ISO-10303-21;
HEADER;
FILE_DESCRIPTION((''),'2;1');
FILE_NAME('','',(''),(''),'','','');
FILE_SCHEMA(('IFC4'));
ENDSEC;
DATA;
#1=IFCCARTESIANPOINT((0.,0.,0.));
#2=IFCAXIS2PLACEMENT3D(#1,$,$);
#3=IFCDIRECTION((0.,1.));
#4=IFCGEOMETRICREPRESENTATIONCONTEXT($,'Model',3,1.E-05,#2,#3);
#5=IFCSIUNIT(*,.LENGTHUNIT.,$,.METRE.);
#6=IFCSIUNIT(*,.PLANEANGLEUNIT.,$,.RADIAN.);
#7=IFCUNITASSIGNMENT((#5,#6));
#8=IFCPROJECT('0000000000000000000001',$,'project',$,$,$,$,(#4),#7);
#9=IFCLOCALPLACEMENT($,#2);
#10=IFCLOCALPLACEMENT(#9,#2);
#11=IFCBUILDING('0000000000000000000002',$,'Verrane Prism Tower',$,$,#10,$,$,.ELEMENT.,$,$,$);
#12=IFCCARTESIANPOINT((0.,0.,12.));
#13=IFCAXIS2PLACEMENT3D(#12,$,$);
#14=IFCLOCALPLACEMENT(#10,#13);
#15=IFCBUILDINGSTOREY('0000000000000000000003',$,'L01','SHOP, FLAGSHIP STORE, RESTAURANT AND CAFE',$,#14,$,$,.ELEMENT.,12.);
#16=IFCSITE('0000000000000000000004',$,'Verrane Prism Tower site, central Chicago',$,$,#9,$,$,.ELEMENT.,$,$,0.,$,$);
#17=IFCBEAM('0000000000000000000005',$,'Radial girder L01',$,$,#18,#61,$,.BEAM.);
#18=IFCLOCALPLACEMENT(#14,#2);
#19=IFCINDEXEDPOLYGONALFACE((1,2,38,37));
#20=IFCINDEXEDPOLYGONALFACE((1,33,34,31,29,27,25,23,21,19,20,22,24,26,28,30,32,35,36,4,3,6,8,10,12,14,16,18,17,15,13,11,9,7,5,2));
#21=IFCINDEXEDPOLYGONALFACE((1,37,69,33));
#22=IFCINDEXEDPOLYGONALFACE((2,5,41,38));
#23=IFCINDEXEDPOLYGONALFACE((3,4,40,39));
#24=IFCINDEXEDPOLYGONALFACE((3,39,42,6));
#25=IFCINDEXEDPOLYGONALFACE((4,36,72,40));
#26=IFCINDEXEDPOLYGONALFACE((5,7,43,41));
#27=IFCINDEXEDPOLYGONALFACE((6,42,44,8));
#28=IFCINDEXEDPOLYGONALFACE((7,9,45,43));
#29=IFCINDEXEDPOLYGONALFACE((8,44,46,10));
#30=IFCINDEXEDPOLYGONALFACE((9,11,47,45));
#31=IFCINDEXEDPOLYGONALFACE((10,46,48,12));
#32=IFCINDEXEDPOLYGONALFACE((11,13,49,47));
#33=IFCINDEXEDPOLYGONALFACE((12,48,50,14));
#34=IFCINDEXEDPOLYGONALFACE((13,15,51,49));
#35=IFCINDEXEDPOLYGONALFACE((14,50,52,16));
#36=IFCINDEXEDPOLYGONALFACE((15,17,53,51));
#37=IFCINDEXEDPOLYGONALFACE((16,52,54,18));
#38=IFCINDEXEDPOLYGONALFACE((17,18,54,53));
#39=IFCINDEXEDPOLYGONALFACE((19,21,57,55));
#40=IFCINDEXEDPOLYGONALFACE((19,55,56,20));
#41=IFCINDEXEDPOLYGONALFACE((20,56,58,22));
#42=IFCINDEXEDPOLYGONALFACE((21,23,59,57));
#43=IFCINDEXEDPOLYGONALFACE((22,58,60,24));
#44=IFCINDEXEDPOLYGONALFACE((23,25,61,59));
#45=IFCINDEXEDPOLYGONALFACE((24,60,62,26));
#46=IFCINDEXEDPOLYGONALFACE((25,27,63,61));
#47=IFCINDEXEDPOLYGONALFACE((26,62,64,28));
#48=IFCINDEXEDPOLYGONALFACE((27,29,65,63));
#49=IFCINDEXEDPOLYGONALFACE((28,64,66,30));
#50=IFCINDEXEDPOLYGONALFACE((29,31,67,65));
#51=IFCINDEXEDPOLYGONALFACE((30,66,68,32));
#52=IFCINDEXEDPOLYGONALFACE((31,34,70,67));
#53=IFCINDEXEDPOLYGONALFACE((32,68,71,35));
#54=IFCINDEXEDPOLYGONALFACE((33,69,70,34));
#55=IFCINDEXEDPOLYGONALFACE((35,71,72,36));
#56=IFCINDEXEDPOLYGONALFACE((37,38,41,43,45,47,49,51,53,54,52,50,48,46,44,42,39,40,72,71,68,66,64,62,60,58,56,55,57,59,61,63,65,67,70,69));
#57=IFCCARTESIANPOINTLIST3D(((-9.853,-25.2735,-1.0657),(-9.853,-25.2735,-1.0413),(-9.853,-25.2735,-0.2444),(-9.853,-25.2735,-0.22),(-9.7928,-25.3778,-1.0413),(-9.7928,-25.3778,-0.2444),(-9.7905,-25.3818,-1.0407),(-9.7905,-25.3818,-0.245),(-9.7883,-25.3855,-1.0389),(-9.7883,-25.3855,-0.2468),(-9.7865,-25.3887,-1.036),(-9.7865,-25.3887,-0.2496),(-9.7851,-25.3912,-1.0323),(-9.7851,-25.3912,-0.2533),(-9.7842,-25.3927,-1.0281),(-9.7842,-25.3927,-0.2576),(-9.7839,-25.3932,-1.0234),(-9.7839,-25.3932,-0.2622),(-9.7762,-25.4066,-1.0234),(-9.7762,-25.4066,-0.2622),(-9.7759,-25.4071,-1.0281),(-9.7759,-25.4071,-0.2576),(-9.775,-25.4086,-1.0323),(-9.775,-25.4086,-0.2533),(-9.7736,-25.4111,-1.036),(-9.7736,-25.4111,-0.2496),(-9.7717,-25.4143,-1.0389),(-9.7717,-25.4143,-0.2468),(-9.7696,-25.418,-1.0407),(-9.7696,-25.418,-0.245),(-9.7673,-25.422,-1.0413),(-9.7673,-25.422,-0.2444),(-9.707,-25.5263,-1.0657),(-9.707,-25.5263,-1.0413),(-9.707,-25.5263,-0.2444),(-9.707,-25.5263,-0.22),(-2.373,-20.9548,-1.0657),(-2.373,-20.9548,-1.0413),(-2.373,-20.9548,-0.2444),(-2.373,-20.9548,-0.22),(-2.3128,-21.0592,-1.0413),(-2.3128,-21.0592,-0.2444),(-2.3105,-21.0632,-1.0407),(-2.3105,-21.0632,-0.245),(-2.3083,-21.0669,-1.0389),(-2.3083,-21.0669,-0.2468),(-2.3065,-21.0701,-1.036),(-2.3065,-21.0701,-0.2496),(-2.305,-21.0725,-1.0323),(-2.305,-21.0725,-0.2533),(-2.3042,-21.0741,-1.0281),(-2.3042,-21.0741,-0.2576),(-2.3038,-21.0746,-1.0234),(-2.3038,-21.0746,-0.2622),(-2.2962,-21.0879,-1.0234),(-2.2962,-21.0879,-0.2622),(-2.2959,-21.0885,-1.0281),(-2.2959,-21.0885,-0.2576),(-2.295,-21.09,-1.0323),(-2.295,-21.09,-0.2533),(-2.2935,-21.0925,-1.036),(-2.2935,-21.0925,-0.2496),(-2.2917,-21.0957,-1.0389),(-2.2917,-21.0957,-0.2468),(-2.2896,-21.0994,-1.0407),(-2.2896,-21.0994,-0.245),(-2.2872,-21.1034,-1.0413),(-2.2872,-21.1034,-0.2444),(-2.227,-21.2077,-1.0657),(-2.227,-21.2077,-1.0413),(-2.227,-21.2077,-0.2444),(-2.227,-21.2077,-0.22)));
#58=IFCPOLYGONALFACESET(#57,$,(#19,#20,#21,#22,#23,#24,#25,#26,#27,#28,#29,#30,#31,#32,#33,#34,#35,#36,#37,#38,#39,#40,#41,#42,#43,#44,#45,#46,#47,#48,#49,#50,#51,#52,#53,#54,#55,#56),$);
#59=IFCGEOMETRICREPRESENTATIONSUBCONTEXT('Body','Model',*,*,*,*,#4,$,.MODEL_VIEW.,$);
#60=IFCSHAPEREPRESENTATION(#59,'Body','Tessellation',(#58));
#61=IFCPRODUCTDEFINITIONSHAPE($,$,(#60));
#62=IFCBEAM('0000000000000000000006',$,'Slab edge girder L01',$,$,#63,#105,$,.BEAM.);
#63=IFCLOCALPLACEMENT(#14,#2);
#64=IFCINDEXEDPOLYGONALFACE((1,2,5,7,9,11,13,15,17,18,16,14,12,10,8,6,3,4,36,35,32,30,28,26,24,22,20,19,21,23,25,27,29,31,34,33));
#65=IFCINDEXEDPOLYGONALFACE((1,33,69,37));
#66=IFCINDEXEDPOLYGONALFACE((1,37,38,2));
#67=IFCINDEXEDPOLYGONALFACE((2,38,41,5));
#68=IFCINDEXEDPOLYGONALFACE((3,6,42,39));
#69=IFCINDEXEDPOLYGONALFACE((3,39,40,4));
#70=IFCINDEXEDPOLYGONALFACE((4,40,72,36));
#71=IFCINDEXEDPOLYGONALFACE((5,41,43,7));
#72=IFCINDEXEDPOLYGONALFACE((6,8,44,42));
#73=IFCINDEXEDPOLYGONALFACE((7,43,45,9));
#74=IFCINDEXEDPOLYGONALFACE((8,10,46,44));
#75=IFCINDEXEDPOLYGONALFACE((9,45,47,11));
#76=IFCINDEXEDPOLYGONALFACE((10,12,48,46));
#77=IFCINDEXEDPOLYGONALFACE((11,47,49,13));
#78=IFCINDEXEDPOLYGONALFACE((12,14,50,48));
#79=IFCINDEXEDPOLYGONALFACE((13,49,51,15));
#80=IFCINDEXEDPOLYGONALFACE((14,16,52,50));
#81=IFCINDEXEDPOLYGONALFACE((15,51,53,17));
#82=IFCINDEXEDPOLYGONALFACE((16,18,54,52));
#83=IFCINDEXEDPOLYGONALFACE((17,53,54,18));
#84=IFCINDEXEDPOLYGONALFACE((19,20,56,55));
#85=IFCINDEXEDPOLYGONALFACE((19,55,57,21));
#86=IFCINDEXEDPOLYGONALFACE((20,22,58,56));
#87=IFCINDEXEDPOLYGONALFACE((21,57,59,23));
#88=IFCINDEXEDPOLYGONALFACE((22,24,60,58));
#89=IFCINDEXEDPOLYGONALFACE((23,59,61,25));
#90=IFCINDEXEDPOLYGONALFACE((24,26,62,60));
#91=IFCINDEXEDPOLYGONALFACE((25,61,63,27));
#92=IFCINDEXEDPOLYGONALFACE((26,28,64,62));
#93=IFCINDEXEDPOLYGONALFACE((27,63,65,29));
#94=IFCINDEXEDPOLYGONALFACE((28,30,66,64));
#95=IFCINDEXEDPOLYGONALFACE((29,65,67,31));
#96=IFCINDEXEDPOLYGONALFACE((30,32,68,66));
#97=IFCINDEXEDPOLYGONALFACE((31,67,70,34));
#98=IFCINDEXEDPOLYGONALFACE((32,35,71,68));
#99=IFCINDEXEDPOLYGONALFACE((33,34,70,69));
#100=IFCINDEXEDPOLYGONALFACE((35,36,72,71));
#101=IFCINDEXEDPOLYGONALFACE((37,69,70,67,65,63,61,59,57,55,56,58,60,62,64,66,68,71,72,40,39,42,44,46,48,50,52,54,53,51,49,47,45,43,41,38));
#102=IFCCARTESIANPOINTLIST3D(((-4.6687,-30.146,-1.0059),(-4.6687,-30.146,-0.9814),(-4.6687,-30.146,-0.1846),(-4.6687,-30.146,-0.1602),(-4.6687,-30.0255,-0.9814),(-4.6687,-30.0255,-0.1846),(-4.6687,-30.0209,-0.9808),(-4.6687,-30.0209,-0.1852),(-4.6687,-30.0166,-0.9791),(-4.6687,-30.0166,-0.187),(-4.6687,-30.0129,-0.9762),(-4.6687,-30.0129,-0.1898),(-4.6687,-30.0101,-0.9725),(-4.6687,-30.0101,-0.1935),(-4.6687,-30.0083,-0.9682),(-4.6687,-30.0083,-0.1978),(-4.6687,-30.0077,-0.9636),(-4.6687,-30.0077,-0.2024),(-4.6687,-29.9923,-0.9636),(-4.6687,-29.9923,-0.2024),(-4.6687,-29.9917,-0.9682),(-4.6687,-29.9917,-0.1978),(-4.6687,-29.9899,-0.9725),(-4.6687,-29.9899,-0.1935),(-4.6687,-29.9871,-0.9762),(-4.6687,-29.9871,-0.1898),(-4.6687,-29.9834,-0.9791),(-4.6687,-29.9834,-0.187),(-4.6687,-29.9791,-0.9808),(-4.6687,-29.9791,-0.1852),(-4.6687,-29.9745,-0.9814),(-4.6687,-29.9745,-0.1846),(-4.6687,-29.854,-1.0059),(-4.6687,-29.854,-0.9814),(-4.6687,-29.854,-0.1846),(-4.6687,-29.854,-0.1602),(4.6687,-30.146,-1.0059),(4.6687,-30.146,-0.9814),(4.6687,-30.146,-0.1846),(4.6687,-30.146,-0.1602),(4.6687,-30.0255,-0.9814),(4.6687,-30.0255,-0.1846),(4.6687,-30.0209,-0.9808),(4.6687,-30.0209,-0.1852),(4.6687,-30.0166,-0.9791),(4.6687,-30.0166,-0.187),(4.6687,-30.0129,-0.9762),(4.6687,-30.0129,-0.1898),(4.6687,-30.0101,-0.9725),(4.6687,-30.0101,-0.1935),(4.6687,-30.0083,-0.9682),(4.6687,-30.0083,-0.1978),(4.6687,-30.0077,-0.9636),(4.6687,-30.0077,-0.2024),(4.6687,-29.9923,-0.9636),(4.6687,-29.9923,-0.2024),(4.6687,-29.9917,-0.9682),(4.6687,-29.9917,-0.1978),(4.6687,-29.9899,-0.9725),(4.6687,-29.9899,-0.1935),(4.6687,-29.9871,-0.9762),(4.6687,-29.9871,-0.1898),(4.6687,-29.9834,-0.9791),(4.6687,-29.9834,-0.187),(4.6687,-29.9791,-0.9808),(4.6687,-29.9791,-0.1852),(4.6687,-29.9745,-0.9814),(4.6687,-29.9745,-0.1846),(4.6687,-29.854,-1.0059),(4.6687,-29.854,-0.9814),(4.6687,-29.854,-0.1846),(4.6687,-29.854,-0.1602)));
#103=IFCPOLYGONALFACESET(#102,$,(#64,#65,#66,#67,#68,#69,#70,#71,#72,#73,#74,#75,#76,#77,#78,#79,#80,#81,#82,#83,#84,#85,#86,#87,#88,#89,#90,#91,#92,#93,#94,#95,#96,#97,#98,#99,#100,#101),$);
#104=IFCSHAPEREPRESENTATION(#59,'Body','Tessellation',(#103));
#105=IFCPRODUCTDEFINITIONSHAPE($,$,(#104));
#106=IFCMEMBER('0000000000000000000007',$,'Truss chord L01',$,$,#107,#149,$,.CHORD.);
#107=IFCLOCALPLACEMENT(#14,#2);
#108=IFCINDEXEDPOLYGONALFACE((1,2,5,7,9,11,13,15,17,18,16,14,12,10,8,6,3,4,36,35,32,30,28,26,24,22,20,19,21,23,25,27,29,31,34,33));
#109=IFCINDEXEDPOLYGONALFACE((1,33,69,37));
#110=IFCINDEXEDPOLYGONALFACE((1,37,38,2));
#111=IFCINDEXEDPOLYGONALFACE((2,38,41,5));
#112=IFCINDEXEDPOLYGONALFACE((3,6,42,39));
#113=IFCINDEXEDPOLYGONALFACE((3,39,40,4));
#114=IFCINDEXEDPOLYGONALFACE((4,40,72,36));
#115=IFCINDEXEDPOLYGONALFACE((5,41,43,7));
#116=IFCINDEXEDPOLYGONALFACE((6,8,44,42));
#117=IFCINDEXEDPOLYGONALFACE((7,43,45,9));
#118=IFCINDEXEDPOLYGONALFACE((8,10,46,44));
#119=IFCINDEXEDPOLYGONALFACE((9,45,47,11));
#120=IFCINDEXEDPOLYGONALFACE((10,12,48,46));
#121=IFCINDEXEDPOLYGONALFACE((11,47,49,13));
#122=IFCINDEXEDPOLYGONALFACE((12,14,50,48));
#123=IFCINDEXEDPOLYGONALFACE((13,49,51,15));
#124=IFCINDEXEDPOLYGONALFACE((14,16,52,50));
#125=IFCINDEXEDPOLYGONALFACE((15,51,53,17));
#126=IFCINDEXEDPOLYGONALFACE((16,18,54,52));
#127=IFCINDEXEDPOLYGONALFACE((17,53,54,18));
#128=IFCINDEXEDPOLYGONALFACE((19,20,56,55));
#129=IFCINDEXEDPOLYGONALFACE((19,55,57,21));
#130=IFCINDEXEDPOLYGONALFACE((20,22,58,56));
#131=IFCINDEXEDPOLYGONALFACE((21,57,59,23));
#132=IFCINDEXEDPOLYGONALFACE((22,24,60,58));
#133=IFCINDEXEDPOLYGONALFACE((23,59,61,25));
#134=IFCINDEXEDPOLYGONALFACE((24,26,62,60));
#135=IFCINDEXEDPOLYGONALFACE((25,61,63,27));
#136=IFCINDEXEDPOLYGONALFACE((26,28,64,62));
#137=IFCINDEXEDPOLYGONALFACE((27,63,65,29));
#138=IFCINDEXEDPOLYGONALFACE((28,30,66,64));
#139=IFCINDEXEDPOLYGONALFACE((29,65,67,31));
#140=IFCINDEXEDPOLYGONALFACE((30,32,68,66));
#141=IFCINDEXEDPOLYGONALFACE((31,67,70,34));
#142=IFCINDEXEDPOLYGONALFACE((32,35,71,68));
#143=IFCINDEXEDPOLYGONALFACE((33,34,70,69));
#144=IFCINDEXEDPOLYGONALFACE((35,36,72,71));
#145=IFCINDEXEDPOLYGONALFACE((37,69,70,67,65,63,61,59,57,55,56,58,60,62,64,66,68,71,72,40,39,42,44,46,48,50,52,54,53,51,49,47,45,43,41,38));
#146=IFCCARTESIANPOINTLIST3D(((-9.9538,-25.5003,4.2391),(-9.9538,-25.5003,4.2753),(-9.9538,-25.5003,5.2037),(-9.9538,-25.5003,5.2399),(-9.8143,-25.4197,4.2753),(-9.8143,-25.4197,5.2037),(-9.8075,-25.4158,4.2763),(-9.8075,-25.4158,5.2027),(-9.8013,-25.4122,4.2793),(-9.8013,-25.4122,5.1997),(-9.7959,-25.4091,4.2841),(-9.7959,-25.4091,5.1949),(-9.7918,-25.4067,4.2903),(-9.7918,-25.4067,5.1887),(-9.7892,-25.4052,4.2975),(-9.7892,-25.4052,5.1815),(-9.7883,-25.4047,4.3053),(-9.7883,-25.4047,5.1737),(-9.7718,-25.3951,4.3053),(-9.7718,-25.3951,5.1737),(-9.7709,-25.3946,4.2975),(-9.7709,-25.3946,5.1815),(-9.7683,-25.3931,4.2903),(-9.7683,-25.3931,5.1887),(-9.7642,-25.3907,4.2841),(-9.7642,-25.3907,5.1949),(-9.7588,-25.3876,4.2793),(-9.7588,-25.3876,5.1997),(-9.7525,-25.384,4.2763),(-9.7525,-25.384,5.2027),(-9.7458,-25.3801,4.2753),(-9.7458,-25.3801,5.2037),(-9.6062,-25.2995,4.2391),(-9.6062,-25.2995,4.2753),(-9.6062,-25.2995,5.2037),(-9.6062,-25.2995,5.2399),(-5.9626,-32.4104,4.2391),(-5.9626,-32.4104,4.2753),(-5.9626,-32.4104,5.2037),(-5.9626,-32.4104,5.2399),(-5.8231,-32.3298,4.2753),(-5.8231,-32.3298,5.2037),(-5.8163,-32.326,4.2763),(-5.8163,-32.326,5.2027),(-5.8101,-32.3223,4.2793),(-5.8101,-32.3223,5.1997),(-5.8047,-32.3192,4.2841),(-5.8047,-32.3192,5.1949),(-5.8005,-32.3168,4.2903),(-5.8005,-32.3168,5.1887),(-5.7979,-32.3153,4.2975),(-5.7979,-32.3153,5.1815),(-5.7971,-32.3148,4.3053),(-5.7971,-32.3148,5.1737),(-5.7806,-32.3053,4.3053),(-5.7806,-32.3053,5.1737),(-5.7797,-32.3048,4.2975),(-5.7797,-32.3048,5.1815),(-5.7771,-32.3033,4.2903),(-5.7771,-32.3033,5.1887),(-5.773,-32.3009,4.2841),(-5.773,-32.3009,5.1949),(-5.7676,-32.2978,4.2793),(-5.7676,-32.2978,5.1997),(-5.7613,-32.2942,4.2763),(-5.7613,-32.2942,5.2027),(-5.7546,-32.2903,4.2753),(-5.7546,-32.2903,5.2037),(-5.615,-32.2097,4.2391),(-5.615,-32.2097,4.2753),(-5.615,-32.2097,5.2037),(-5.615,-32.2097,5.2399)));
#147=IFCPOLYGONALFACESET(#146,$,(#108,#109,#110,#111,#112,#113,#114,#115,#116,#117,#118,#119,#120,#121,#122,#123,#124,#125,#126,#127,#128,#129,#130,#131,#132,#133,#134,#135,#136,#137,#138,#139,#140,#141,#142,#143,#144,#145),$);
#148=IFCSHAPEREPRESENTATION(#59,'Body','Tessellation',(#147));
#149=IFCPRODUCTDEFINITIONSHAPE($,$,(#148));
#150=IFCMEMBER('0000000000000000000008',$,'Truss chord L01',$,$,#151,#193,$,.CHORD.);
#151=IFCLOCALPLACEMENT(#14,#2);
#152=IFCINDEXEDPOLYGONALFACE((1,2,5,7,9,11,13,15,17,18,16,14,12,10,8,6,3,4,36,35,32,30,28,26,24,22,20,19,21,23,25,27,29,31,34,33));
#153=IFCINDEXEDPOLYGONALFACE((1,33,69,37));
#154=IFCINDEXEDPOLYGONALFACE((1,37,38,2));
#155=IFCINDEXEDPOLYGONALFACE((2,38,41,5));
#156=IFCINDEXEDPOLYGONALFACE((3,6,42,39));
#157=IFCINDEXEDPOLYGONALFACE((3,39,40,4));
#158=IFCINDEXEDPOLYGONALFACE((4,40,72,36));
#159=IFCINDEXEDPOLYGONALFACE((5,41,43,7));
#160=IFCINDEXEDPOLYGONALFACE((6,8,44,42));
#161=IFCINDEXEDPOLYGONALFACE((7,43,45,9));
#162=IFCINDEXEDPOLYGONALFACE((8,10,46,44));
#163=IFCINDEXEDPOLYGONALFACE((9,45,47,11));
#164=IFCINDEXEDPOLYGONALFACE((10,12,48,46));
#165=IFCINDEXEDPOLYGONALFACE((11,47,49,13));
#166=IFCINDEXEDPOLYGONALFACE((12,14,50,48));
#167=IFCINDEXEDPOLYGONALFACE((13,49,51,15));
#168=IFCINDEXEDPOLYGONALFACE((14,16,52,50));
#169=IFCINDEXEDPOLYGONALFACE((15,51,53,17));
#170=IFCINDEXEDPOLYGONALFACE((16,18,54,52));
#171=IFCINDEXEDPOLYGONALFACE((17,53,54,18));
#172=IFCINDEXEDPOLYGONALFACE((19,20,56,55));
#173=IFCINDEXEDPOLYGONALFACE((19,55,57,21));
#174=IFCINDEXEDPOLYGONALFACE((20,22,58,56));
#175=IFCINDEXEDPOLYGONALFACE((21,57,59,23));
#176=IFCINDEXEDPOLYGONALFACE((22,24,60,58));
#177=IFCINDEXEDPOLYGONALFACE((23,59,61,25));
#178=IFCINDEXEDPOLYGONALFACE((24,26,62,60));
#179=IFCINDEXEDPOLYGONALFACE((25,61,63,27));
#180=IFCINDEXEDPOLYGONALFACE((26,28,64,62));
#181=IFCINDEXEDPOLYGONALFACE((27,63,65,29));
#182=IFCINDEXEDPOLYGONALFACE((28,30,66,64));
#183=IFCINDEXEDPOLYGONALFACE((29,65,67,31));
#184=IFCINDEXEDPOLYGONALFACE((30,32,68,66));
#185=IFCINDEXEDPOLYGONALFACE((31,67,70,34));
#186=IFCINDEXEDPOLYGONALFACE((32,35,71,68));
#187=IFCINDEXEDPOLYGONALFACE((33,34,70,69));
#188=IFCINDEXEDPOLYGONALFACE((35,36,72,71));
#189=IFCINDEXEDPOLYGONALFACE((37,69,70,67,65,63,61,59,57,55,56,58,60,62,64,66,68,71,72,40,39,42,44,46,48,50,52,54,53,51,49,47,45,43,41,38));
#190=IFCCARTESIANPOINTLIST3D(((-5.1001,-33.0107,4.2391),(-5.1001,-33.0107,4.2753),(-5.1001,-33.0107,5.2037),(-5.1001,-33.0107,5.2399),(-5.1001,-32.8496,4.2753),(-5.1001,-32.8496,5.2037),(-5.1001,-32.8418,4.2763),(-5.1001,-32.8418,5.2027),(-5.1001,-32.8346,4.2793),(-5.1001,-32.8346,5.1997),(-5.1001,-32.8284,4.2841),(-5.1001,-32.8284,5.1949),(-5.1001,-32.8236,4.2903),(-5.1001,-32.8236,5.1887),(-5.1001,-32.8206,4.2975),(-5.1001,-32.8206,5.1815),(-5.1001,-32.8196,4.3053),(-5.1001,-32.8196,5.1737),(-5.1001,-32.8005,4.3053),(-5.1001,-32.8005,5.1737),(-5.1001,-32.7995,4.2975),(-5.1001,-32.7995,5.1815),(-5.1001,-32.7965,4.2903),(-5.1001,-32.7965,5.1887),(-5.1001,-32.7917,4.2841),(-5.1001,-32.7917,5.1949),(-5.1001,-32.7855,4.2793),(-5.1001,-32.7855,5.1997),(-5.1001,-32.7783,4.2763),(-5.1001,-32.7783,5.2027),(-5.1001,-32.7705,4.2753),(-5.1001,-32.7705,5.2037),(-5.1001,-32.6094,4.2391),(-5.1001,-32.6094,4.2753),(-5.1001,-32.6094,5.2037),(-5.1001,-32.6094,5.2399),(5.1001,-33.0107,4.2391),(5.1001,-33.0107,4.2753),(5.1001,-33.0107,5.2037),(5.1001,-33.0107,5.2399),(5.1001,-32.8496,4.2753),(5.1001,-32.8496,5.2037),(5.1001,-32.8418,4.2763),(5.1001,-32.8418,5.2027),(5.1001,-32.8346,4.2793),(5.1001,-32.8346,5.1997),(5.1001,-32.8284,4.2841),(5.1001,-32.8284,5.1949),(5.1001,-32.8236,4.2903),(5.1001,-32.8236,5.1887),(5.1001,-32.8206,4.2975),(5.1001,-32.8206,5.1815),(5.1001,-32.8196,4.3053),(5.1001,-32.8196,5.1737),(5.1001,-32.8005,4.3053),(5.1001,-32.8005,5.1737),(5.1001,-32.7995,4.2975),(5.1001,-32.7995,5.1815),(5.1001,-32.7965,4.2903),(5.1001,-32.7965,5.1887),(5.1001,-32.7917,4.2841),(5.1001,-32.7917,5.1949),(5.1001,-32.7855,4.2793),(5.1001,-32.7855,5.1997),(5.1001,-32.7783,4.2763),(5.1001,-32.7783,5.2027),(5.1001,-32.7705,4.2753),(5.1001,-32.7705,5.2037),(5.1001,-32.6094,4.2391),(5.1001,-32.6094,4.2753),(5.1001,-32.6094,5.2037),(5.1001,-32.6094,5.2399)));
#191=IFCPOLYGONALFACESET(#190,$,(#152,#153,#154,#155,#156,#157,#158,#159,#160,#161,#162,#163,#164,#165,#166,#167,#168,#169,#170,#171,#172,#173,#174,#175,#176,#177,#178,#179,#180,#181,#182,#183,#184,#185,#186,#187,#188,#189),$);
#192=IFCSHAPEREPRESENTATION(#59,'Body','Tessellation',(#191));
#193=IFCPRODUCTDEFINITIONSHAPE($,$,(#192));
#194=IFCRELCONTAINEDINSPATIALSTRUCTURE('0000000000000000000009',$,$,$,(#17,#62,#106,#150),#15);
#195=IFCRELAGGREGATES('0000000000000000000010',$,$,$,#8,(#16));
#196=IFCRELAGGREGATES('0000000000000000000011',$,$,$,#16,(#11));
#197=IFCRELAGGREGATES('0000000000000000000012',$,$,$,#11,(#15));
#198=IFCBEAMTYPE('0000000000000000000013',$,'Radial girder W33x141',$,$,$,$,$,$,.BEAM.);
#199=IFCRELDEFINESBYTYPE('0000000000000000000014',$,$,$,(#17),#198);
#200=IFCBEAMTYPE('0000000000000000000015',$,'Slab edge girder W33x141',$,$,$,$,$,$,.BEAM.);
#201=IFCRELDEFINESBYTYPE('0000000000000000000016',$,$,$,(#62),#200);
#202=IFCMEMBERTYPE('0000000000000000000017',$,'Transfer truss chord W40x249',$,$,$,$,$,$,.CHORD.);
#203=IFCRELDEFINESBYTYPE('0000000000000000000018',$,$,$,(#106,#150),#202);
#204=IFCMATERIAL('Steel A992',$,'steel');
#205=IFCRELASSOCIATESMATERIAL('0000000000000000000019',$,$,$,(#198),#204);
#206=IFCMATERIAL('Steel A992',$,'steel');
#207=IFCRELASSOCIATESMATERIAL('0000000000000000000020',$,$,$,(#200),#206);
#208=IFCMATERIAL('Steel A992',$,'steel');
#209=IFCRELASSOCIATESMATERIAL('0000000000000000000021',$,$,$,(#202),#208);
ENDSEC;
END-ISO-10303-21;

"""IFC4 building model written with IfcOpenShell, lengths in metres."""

from ifc_helpers import new_model, si_unit, direction, frame, origin, origin_2d, place, context, subcontext, project, spatial, i_section, extrude, material, material_profile, profile_set, type_object, element, save


model = new_model("IFC4")

# Units and contexts
model_context = context("Model", 3, precision=1e-05, world=origin(), true_north=direction((0.0, 1.0)))
body_context = subcontext(model_context, "Body", "Model", "MODEL_VIEW")
ifc_project = project(units=[si_unit("LENGTHUNIT", "METRE"), si_unit("PLANEANGLEUNIT", "RADIAN")], contexts=[model_context])

# Site, building, storey
site_placement = place(None, origin())
site = spatial("IfcSite", under=ifc_project, at=site_placement, Name="Verrane Prism Tower site, central Chicago", CompositionType="ELEMENT", RefElevation=0.0)
building_placement = place(site_placement, origin())
building = spatial("IfcBuilding", under=site, at=building_placement, Name="Verrane Prism Tower", CompositionType="ELEMENT")
storey_placement = place(building_placement, frame((0.0, 0.0, 12.0)))
storey = spatial("IfcBuildingStorey", under=building, at=storey_placement, Name="L01", Description="SHOP, FLAGSHIP STORE, RESTAURANT AND CAFE", CompositionType="ELEMENT", Elevation=12.0)

# Beams
ifc_material_1 = material(Name="Steel A992", Category="steel")
ifc_material_profile_1 = material_profile(ifc_material_1, i_section(OverallWidth=0.292, OverallDepth=0.8457, WebThickness=0.0154, FlangeThickness=0.0244, FilletRadius=0.0178, at=origin_2d()), Name="W33x141")
ifc_profile_set_1 = profile_set([ifc_material_profile_1], Name="Steel A992")
beam_type_1 = type_object("IfcBeamType", Name="Radial girder W33x141", PredefinedType="BEAM", material=ifc_profile_set_1)
beam_1_placement = place(storey_placement, frame((-9.78, -25.3999, -0.6428), z_axis=(0.866024, 0.500003, 0.0), x_axis=(-0.500003, 0.866024, 0.0)))
element("IfcBeam", 1, at=beam_1_placement, inside=storey, type_object=beam_type_1, Name="Radial girder L01", PredefinedType="BEAM", context=body_context, shape_type="SweptSolid", body=[
    extrude(i_section(OverallWidth=0.292, OverallDepth=0.8457, WebThickness=0.0154, FlangeThickness=0.0244, FilletRadius=0.0178, at=origin_2d()), origin(), (0.0, 0.0, 1.0), 8.6372),
])
ifc_material_2 = material(Name="Steel A992", Category="steel")
ifc_material_profile_2 = material_profile(ifc_material_2, i_section(OverallWidth=0.292, OverallDepth=0.8457, WebThickness=0.0154, FlangeThickness=0.0244, FilletRadius=0.0178, at=origin_2d()), Name="W33x141")
ifc_profile_set_2 = profile_set([ifc_material_profile_2], Name="Steel A992")
beam_type_2 = type_object("IfcBeamType", Name="Slab edge girder W33x141", PredefinedType="BEAM", material=ifc_profile_set_2)
beam_2_placement = place(storey_placement, frame((-4.6687, -30.0, -0.583), z_axis=(1.0, 0.0, 0.0), x_axis=(0.0, 1.0, 0.0)))
element("IfcBeam", 2, at=beam_2_placement, inside=storey, type_object=beam_type_2, Name="Slab edge girder L01", PredefinedType="BEAM", context=body_context, shape_type="SweptSolid", body=[
    extrude(i_section(OverallWidth=0.292, OverallDepth=0.8457, WebThickness=0.0154, FlangeThickness=0.0244, FilletRadius=0.0178, at=origin_2d()), origin(), (0.0, 0.0, 1.0), 9.3374),
])

# Members
ifc_material_3 = material(Name="Steel A992", Category="steel")
ifc_material_profile_3 = material_profile(ifc_material_3, i_section(OverallWidth=0.4014, OverallDepth=1.0007, WebThickness=0.019, FlangeThickness=0.0361, FilletRadius=0.03, at=origin_2d()), Name="W40x249")
ifc_profile_set_3 = profile_set([ifc_material_profile_3], Name="Steel A992")
member_type_1 = type_object("IfcMemberType", Name="Transfer truss chord W40x249", PredefinedType="CHORD", material=ifc_profile_set_3)
member_1_placement = place(storey_placement, frame((-9.78, -25.3999, 4.7395), z_axis=(0.500153, -0.865937, 0.0), x_axis=(0.865937, 0.500153, 0.0)))
element("IfcMember", 3, at=member_1_placement, inside=storey, type_object=member_type_1, Name="Truss chord L01", PredefinedType="CHORD", context=body_context, shape_type="SweptSolid", body=[
    extrude(i_section(OverallWidth=0.4014, OverallDepth=1.0007, WebThickness=0.019, FlangeThickness=0.0361, FilletRadius=0.03, at=origin_2d()), origin(), (0.0, 0.0, 1.0), 7.98),
])
member_2_placement = place(storey_placement, frame((-5.1001, -32.8101, 4.7395), z_axis=(1.0, 0.0, 0.0), x_axis=(0.0, 1.0, 0.0)))
element("IfcMember", 4, at=member_2_placement, inside=storey, type_object=member_type_1, Name="Truss chord L01", PredefinedType="CHORD", context=body_context, shape_type="SweptSolid", body=[
    extrude(i_section(OverallWidth=0.4014, OverallDepth=1.0007, WebThickness=0.019, FlangeThickness=0.0361, FilletRadius=0.03, at=origin_2d()), origin(), (0.0, 0.0, 1.0), 10.2002),
])

save(model, "model.ifc")
